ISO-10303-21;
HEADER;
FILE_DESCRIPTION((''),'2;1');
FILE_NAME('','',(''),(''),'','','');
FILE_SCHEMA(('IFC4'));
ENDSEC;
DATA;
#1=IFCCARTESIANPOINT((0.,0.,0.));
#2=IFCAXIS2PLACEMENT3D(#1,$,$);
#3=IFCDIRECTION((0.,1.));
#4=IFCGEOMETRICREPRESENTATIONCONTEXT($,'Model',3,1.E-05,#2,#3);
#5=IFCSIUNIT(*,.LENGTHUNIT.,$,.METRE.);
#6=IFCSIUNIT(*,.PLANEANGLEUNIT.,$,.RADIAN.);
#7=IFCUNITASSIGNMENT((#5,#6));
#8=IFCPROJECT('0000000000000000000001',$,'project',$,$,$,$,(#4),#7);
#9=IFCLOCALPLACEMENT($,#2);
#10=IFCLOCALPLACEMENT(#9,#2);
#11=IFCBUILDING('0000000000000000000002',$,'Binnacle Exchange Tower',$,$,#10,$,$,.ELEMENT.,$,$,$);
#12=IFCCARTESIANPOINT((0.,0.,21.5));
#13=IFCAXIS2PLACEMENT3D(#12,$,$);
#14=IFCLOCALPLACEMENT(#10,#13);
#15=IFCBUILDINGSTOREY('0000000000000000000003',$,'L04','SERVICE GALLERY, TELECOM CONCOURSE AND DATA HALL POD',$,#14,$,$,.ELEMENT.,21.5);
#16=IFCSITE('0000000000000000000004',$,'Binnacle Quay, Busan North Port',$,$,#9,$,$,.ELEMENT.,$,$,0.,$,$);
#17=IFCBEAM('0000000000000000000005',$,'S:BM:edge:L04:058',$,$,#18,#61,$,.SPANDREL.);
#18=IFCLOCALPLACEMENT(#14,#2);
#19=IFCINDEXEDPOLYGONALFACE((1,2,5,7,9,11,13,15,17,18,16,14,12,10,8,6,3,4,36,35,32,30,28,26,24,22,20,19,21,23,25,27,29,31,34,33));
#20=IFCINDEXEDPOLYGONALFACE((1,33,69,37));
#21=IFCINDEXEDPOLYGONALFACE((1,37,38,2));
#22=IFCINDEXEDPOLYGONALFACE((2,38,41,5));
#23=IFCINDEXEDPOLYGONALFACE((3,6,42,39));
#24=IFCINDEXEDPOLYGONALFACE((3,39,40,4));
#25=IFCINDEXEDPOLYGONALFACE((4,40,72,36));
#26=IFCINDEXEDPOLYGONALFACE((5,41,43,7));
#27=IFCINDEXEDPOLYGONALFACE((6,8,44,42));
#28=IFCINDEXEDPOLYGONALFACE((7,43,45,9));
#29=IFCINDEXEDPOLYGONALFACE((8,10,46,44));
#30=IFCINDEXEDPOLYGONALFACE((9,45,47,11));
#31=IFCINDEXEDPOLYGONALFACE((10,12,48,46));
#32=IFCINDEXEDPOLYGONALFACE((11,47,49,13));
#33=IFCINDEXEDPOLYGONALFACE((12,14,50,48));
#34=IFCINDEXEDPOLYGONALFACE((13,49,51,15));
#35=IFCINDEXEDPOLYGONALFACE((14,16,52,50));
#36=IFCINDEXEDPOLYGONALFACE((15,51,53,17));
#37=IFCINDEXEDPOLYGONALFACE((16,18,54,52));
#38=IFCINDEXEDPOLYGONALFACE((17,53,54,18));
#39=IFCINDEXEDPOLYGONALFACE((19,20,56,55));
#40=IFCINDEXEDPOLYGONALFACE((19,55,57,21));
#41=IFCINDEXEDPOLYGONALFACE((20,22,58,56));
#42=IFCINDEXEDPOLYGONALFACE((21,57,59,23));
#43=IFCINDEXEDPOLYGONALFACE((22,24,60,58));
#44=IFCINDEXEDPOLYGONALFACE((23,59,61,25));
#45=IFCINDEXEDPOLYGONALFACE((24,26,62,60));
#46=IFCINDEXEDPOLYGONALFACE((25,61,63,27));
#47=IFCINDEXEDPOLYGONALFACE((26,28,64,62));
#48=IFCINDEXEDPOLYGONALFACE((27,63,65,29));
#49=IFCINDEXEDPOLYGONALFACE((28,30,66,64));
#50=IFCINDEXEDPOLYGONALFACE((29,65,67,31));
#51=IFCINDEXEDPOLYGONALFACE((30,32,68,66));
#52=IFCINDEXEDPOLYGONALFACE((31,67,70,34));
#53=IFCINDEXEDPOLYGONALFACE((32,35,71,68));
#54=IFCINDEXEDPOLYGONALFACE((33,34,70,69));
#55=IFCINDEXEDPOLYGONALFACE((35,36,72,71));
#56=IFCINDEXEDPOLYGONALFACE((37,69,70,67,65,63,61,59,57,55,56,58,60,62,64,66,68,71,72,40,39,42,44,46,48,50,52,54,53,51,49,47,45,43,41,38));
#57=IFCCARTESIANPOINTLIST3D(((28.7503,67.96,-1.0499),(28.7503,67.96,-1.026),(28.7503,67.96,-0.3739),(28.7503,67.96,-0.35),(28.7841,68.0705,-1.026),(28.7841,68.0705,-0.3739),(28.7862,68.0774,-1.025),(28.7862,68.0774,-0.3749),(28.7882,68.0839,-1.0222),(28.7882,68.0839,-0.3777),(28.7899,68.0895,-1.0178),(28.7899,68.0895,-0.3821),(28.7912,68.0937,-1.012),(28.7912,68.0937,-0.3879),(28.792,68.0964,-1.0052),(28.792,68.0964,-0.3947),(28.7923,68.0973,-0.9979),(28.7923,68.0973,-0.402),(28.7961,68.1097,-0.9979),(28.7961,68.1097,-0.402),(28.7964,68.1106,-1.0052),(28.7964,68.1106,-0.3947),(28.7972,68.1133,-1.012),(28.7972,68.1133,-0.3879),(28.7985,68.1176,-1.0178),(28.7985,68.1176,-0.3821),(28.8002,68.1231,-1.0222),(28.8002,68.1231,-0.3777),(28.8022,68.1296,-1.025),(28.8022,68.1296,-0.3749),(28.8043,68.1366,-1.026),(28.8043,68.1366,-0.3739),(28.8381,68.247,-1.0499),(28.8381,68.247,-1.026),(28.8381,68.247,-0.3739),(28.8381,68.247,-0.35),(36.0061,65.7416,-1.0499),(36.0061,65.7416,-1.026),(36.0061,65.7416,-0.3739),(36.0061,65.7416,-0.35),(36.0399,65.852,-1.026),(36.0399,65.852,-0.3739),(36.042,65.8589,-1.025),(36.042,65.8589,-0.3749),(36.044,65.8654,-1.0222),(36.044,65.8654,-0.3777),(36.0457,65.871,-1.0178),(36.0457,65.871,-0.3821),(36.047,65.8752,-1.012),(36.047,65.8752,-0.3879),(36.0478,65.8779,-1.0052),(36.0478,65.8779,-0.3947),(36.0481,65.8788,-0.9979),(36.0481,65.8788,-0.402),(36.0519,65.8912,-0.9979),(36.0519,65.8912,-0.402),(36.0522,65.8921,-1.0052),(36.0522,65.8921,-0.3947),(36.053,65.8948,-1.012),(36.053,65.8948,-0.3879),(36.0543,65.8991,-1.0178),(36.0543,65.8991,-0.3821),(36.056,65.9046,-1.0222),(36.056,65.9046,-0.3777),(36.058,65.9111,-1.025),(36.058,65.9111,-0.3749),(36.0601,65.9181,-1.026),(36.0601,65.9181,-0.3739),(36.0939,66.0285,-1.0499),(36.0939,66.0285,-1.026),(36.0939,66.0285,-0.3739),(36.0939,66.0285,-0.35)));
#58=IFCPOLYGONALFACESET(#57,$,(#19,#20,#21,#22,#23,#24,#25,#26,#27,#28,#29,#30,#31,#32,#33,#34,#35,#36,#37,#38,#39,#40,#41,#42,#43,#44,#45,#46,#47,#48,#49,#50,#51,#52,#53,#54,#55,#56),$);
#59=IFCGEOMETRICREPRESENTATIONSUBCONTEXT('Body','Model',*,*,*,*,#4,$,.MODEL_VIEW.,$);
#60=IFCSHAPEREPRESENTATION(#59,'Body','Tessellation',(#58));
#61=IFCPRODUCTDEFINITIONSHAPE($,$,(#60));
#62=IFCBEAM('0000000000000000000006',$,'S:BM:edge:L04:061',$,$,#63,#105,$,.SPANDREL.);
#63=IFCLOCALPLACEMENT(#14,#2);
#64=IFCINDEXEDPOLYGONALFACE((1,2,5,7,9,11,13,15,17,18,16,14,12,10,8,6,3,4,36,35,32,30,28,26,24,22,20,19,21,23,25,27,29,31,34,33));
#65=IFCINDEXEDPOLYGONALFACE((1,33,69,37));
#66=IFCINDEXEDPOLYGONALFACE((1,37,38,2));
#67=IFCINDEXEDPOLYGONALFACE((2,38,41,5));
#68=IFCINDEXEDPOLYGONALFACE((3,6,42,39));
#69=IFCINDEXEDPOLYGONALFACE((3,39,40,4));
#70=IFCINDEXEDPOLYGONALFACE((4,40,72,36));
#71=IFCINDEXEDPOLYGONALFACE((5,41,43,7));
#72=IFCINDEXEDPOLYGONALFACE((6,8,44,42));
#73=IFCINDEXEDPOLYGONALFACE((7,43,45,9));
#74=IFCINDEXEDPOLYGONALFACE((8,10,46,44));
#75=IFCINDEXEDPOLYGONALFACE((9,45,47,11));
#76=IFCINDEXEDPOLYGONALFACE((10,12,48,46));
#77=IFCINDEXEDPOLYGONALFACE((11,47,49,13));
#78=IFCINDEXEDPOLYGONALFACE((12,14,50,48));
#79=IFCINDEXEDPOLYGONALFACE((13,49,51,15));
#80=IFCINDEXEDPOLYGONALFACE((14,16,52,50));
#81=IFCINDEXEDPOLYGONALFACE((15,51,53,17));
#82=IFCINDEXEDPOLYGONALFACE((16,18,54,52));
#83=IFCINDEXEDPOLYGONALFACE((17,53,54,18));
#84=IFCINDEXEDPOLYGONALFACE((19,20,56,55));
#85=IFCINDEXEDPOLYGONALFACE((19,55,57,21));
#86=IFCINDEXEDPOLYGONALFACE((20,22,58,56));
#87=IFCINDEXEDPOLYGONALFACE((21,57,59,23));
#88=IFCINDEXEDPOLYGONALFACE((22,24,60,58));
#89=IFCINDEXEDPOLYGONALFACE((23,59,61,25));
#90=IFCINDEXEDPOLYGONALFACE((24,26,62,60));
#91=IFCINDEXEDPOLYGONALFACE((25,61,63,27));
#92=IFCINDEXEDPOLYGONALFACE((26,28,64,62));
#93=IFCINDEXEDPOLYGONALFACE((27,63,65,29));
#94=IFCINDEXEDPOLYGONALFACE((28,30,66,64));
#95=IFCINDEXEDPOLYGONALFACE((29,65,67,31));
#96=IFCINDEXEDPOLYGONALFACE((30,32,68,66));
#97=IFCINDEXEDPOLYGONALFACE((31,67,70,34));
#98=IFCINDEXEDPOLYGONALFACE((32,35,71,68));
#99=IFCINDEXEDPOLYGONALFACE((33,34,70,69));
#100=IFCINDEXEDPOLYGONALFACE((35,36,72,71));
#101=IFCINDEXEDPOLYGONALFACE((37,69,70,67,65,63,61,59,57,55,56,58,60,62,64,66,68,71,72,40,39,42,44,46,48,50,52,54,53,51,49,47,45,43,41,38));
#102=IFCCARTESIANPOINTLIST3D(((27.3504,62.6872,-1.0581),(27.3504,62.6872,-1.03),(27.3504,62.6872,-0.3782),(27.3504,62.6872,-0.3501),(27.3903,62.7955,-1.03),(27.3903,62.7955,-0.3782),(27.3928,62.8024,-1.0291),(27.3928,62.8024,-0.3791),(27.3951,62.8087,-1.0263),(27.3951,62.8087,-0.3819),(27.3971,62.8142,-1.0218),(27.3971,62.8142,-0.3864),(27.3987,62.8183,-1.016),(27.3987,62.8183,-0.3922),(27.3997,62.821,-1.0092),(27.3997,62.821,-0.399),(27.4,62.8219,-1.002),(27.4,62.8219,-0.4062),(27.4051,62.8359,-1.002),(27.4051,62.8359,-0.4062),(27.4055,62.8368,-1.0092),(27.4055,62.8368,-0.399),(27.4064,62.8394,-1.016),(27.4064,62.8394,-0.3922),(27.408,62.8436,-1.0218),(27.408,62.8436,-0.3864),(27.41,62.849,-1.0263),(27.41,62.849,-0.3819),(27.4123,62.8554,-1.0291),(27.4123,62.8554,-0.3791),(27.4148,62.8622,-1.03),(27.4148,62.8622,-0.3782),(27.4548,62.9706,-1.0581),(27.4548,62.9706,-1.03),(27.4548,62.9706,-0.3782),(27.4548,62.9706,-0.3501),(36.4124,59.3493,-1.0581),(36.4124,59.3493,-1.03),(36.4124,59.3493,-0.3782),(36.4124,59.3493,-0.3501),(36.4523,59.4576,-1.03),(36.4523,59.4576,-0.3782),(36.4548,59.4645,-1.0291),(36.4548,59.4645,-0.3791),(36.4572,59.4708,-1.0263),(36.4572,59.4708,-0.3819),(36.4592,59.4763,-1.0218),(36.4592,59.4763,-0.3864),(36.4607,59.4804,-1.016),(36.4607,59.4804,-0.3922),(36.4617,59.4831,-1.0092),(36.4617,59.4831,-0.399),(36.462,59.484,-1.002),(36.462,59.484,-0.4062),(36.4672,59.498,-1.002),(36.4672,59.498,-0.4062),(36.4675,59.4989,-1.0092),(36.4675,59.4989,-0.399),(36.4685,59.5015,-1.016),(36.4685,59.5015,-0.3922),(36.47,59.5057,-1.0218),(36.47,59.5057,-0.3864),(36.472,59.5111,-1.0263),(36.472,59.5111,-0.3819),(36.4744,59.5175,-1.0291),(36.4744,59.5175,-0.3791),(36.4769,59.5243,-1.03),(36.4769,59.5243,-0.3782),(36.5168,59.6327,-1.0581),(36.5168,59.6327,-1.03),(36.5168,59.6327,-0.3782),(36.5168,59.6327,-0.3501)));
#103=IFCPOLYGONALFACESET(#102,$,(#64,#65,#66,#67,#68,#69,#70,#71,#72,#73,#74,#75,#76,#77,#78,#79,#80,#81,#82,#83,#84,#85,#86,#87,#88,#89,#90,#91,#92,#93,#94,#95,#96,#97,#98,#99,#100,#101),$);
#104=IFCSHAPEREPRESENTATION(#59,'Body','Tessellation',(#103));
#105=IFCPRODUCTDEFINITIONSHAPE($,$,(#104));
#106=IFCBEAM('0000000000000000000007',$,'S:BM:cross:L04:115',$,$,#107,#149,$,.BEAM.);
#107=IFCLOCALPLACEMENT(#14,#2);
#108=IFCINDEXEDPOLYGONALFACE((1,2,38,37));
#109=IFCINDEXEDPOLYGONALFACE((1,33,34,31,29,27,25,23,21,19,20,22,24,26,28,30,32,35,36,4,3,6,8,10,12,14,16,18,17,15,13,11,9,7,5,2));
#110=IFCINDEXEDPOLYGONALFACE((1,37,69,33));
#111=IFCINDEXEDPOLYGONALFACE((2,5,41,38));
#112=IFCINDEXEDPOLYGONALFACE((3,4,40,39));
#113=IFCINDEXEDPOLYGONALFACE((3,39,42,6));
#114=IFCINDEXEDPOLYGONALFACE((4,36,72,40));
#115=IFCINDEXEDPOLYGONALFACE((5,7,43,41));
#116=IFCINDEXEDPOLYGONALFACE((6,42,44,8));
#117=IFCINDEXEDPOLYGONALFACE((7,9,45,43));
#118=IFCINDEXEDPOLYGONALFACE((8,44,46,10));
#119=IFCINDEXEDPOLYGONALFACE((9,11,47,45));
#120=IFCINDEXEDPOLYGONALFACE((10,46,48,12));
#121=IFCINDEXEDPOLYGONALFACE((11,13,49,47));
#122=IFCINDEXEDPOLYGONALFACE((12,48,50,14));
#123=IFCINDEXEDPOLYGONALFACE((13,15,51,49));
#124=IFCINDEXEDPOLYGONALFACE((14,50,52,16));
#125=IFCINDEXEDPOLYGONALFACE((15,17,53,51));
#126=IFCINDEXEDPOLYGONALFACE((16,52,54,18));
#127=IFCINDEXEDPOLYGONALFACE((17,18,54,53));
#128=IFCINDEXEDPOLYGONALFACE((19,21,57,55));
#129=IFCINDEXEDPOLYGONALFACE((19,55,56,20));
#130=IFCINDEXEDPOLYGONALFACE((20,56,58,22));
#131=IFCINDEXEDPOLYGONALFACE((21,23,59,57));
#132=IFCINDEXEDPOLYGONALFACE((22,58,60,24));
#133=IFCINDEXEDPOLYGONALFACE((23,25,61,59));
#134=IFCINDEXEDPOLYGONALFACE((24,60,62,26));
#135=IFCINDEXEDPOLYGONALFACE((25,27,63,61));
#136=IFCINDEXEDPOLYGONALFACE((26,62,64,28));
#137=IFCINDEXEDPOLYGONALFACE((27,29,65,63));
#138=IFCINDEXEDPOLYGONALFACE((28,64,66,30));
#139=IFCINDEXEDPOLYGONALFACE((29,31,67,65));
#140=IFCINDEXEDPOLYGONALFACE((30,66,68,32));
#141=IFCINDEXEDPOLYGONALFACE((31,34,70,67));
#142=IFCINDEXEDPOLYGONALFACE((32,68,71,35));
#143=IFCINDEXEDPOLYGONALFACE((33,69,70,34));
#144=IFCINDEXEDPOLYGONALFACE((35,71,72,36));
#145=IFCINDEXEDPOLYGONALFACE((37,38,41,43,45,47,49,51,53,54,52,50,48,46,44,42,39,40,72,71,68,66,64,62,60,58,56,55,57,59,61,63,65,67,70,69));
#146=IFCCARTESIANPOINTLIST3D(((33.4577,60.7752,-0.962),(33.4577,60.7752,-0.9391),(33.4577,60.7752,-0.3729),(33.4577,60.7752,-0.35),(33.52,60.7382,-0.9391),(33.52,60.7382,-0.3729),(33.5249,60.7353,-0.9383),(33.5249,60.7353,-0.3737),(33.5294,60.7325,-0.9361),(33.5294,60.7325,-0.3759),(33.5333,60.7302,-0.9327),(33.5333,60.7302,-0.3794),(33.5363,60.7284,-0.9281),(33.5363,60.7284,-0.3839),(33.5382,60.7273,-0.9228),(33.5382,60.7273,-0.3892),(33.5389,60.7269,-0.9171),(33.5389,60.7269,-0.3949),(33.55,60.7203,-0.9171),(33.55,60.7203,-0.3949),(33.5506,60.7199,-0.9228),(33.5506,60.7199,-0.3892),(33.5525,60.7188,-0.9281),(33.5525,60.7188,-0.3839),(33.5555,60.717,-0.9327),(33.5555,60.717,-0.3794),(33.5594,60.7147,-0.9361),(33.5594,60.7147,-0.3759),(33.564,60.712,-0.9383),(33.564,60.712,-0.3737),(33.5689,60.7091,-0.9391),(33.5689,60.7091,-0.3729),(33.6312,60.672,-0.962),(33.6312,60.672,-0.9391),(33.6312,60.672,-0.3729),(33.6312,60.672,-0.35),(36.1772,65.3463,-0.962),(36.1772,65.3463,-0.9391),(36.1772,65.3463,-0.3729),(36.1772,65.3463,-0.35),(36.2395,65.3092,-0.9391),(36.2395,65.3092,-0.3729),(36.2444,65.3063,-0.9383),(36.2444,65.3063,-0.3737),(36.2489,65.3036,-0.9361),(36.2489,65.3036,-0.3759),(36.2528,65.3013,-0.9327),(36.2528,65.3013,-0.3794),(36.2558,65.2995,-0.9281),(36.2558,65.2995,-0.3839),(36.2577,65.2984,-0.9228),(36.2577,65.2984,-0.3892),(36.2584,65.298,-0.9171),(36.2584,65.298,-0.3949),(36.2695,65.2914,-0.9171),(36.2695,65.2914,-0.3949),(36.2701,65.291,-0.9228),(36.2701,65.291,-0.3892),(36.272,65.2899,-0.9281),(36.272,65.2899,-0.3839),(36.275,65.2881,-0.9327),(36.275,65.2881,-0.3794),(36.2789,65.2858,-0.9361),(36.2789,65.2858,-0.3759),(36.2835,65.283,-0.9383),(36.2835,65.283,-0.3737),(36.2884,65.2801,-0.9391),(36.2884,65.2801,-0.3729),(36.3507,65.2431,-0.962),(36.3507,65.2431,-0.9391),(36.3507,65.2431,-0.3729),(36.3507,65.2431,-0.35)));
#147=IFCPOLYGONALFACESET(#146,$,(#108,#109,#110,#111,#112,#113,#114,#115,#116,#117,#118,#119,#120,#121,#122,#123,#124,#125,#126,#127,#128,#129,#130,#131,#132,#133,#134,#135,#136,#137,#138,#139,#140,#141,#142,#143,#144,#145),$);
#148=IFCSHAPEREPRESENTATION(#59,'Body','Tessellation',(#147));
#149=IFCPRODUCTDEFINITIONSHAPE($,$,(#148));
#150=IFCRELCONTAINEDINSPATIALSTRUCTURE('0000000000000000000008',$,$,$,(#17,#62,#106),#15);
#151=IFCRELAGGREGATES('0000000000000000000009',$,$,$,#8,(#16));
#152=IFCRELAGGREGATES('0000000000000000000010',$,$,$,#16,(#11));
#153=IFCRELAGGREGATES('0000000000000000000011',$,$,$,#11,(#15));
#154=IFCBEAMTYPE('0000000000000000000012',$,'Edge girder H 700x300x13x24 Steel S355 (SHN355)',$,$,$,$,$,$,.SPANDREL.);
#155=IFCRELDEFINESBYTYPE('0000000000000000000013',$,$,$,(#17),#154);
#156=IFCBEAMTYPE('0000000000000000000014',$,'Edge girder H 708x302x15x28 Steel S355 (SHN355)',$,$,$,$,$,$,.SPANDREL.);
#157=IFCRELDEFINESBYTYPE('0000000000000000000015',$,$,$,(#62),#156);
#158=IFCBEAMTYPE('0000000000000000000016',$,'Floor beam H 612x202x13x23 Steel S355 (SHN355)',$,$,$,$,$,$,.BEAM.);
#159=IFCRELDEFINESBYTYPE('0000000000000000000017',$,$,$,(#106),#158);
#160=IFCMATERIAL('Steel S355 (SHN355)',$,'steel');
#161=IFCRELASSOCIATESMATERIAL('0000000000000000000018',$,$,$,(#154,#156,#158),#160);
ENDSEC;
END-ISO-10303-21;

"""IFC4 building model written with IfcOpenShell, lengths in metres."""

from ifc_helpers import new_model, si_unit, direction, frame, origin, origin_2d, place, context, subcontext, project, spatial, i_section, extrude, material, material_profile, profile_set, type_object, element, save


model = new_model("IFC4")

# Units and contexts
model_context = context("Model", 3, precision=1e-05, world=origin(), true_north=direction((0.0, 1.0)))
body_context = subcontext(model_context, "Body", "Model", "MODEL_VIEW")
ifc_project = project(units=[si_unit("LENGTHUNIT", "METRE"), si_unit("PLANEANGLEUNIT", "RADIAN")], contexts=[model_context])

# Site, building, storey
site_placement = place(None, origin())
site = spatial("IfcSite", under=ifc_project, at=site_placement, Name="Binnacle Quay, Busan North Port", CompositionType="ELEMENT", RefElevation=0.0)
building_placement = place(site_placement, origin())
building = spatial("IfcBuilding", under=site, at=building_placement, Name="Binnacle Exchange Tower", CompositionType="ELEMENT")
storey_placement = place(building_placement, frame((0.0, 0.0, 21.5)))
storey = spatial("IfcBuildingStorey", under=building, at=storey_placement, Name="L04", Description="SERVICE GALLERY, TELECOM CONCOURSE AND DATA HALL POD", CompositionType="ELEMENT", Elevation=21.5)

# Beams
ifc_material_1 = material(Name="Steel S355 (SHN355)", Category="steel")
ifc_material_profile_1 = material_profile(ifc_material_1, i_section(OverallWidth=0.3, OverallDepth=0.7, WebThickness=0.0129, FlangeThickness=0.0239, FilletRadius=0.0281, at=origin_2d()), Name="H 700x300x13x24")
ifc_profile_set_1 = profile_set([ifc_material_profile_1], Name="Steel S355 (SHN355)")
beam_type_1 = type_object("IfcBeamType", Name="Edge girder H 700x300x13x24 Steel S355 (SHN355)", PredefinedType="SPANDREL", material=ifc_profile_set_1)
beam_1_placement = place(storey_placement, frame((28.7942, 68.1035, -0.7), z_axis=(0.956299, -0.292392, 0.0), x_axis=(0.292392, 0.956299, 0.0)))
element("IfcBeam", 1, at=beam_1_placement, inside=storey, type_object=beam_type_1, Name="S:BM:edge:L04:058", PredefinedType="SPANDREL", context=body_context, shape_type="SweptSolid", body=[
    extrude(i_section(OverallWidth=0.3, OverallDepth=0.7, WebThickness=0.0129, FlangeThickness=0.0239, FilletRadius=0.0281, at=origin_2d()), origin(), (0.0, 0.0, 1.0), 7.5874),
])
ifc_material_profile_2 = material_profile(ifc_material_1, i_section(OverallWidth=0.302, OverallDepth=0.708, WebThickness=0.0149, FlangeThickness=0.0281, FilletRadius=0.0281, at=origin_2d()), Name="H 708x302x15x28")
ifc_profile_set_2 = profile_set([ifc_material_profile_2], Name="Steel S355 (SHN355)")
beam_type_2 = type_object("IfcBeamType", Name="Edge girder H 708x302x15x28 Steel S355 (SHN355)", PredefinedType="SPANDREL", material=ifc_profile_set_2)
beam_2_placement = place(storey_placement, frame((36.4646, 59.491, -0.7041), z_axis=(-0.938368, 0.345637, 0.0), x_axis=(-0.345637, -0.938368, 0.0)))
element("IfcBeam", 2, at=beam_2_placement, inside=storey, type_object=beam_type_2, Name="S:BM:edge:L04:061", PredefinedType="SPANDREL", context=body_context, shape_type="SweptSolid", body=[
    extrude(i_section(OverallWidth=0.302, OverallDepth=0.708, WebThickness=0.0149, FlangeThickness=0.0281, FilletRadius=0.0281, at=origin_2d()), origin(), (0.0, 0.0, 1.0), 9.6572),
])
ifc_material_profile_3 = material_profile(ifc_material_1, i_section(OverallWidth=0.2019, OverallDepth=0.6121, WebThickness=0.0129, FlangeThickness=0.0229, FilletRadius=0.022, at=origin_2d()), Name="H 612x202x13x23")
ifc_profile_set_3 = profile_set([ifc_material_profile_3], Name="Steel S355 (SHN355)")
beam_type_3 = type_object("IfcBeamType", Name="Floor beam H 612x202x13x23 Steel S355 (SHN355)", PredefinedType="BEAM", material=ifc_profile_set_3)
beam_3_placement = place(storey_placement, frame((36.2639, 65.2947, -0.656), z_axis=(-0.511293, -0.859407, 0.0), x_axis=(0.859407, -0.511293, 0.0)))
element("IfcBeam", 3, at=beam_3_placement, inside=storey, type_object=beam_type_3, Name="S:BM:cross:L04:115", PredefinedType="BEAM", context=body_context, shape_type="SweptSolid", body=[
    extrude(i_section(OverallWidth=0.2019, OverallDepth=0.6121, WebThickness=0.0129, FlangeThickness=0.0229, FilletRadius=0.022, at=origin_2d()), origin(), (0.0, 0.0, 1.0), 5.3188),
])

save(model, "model.ifc")
